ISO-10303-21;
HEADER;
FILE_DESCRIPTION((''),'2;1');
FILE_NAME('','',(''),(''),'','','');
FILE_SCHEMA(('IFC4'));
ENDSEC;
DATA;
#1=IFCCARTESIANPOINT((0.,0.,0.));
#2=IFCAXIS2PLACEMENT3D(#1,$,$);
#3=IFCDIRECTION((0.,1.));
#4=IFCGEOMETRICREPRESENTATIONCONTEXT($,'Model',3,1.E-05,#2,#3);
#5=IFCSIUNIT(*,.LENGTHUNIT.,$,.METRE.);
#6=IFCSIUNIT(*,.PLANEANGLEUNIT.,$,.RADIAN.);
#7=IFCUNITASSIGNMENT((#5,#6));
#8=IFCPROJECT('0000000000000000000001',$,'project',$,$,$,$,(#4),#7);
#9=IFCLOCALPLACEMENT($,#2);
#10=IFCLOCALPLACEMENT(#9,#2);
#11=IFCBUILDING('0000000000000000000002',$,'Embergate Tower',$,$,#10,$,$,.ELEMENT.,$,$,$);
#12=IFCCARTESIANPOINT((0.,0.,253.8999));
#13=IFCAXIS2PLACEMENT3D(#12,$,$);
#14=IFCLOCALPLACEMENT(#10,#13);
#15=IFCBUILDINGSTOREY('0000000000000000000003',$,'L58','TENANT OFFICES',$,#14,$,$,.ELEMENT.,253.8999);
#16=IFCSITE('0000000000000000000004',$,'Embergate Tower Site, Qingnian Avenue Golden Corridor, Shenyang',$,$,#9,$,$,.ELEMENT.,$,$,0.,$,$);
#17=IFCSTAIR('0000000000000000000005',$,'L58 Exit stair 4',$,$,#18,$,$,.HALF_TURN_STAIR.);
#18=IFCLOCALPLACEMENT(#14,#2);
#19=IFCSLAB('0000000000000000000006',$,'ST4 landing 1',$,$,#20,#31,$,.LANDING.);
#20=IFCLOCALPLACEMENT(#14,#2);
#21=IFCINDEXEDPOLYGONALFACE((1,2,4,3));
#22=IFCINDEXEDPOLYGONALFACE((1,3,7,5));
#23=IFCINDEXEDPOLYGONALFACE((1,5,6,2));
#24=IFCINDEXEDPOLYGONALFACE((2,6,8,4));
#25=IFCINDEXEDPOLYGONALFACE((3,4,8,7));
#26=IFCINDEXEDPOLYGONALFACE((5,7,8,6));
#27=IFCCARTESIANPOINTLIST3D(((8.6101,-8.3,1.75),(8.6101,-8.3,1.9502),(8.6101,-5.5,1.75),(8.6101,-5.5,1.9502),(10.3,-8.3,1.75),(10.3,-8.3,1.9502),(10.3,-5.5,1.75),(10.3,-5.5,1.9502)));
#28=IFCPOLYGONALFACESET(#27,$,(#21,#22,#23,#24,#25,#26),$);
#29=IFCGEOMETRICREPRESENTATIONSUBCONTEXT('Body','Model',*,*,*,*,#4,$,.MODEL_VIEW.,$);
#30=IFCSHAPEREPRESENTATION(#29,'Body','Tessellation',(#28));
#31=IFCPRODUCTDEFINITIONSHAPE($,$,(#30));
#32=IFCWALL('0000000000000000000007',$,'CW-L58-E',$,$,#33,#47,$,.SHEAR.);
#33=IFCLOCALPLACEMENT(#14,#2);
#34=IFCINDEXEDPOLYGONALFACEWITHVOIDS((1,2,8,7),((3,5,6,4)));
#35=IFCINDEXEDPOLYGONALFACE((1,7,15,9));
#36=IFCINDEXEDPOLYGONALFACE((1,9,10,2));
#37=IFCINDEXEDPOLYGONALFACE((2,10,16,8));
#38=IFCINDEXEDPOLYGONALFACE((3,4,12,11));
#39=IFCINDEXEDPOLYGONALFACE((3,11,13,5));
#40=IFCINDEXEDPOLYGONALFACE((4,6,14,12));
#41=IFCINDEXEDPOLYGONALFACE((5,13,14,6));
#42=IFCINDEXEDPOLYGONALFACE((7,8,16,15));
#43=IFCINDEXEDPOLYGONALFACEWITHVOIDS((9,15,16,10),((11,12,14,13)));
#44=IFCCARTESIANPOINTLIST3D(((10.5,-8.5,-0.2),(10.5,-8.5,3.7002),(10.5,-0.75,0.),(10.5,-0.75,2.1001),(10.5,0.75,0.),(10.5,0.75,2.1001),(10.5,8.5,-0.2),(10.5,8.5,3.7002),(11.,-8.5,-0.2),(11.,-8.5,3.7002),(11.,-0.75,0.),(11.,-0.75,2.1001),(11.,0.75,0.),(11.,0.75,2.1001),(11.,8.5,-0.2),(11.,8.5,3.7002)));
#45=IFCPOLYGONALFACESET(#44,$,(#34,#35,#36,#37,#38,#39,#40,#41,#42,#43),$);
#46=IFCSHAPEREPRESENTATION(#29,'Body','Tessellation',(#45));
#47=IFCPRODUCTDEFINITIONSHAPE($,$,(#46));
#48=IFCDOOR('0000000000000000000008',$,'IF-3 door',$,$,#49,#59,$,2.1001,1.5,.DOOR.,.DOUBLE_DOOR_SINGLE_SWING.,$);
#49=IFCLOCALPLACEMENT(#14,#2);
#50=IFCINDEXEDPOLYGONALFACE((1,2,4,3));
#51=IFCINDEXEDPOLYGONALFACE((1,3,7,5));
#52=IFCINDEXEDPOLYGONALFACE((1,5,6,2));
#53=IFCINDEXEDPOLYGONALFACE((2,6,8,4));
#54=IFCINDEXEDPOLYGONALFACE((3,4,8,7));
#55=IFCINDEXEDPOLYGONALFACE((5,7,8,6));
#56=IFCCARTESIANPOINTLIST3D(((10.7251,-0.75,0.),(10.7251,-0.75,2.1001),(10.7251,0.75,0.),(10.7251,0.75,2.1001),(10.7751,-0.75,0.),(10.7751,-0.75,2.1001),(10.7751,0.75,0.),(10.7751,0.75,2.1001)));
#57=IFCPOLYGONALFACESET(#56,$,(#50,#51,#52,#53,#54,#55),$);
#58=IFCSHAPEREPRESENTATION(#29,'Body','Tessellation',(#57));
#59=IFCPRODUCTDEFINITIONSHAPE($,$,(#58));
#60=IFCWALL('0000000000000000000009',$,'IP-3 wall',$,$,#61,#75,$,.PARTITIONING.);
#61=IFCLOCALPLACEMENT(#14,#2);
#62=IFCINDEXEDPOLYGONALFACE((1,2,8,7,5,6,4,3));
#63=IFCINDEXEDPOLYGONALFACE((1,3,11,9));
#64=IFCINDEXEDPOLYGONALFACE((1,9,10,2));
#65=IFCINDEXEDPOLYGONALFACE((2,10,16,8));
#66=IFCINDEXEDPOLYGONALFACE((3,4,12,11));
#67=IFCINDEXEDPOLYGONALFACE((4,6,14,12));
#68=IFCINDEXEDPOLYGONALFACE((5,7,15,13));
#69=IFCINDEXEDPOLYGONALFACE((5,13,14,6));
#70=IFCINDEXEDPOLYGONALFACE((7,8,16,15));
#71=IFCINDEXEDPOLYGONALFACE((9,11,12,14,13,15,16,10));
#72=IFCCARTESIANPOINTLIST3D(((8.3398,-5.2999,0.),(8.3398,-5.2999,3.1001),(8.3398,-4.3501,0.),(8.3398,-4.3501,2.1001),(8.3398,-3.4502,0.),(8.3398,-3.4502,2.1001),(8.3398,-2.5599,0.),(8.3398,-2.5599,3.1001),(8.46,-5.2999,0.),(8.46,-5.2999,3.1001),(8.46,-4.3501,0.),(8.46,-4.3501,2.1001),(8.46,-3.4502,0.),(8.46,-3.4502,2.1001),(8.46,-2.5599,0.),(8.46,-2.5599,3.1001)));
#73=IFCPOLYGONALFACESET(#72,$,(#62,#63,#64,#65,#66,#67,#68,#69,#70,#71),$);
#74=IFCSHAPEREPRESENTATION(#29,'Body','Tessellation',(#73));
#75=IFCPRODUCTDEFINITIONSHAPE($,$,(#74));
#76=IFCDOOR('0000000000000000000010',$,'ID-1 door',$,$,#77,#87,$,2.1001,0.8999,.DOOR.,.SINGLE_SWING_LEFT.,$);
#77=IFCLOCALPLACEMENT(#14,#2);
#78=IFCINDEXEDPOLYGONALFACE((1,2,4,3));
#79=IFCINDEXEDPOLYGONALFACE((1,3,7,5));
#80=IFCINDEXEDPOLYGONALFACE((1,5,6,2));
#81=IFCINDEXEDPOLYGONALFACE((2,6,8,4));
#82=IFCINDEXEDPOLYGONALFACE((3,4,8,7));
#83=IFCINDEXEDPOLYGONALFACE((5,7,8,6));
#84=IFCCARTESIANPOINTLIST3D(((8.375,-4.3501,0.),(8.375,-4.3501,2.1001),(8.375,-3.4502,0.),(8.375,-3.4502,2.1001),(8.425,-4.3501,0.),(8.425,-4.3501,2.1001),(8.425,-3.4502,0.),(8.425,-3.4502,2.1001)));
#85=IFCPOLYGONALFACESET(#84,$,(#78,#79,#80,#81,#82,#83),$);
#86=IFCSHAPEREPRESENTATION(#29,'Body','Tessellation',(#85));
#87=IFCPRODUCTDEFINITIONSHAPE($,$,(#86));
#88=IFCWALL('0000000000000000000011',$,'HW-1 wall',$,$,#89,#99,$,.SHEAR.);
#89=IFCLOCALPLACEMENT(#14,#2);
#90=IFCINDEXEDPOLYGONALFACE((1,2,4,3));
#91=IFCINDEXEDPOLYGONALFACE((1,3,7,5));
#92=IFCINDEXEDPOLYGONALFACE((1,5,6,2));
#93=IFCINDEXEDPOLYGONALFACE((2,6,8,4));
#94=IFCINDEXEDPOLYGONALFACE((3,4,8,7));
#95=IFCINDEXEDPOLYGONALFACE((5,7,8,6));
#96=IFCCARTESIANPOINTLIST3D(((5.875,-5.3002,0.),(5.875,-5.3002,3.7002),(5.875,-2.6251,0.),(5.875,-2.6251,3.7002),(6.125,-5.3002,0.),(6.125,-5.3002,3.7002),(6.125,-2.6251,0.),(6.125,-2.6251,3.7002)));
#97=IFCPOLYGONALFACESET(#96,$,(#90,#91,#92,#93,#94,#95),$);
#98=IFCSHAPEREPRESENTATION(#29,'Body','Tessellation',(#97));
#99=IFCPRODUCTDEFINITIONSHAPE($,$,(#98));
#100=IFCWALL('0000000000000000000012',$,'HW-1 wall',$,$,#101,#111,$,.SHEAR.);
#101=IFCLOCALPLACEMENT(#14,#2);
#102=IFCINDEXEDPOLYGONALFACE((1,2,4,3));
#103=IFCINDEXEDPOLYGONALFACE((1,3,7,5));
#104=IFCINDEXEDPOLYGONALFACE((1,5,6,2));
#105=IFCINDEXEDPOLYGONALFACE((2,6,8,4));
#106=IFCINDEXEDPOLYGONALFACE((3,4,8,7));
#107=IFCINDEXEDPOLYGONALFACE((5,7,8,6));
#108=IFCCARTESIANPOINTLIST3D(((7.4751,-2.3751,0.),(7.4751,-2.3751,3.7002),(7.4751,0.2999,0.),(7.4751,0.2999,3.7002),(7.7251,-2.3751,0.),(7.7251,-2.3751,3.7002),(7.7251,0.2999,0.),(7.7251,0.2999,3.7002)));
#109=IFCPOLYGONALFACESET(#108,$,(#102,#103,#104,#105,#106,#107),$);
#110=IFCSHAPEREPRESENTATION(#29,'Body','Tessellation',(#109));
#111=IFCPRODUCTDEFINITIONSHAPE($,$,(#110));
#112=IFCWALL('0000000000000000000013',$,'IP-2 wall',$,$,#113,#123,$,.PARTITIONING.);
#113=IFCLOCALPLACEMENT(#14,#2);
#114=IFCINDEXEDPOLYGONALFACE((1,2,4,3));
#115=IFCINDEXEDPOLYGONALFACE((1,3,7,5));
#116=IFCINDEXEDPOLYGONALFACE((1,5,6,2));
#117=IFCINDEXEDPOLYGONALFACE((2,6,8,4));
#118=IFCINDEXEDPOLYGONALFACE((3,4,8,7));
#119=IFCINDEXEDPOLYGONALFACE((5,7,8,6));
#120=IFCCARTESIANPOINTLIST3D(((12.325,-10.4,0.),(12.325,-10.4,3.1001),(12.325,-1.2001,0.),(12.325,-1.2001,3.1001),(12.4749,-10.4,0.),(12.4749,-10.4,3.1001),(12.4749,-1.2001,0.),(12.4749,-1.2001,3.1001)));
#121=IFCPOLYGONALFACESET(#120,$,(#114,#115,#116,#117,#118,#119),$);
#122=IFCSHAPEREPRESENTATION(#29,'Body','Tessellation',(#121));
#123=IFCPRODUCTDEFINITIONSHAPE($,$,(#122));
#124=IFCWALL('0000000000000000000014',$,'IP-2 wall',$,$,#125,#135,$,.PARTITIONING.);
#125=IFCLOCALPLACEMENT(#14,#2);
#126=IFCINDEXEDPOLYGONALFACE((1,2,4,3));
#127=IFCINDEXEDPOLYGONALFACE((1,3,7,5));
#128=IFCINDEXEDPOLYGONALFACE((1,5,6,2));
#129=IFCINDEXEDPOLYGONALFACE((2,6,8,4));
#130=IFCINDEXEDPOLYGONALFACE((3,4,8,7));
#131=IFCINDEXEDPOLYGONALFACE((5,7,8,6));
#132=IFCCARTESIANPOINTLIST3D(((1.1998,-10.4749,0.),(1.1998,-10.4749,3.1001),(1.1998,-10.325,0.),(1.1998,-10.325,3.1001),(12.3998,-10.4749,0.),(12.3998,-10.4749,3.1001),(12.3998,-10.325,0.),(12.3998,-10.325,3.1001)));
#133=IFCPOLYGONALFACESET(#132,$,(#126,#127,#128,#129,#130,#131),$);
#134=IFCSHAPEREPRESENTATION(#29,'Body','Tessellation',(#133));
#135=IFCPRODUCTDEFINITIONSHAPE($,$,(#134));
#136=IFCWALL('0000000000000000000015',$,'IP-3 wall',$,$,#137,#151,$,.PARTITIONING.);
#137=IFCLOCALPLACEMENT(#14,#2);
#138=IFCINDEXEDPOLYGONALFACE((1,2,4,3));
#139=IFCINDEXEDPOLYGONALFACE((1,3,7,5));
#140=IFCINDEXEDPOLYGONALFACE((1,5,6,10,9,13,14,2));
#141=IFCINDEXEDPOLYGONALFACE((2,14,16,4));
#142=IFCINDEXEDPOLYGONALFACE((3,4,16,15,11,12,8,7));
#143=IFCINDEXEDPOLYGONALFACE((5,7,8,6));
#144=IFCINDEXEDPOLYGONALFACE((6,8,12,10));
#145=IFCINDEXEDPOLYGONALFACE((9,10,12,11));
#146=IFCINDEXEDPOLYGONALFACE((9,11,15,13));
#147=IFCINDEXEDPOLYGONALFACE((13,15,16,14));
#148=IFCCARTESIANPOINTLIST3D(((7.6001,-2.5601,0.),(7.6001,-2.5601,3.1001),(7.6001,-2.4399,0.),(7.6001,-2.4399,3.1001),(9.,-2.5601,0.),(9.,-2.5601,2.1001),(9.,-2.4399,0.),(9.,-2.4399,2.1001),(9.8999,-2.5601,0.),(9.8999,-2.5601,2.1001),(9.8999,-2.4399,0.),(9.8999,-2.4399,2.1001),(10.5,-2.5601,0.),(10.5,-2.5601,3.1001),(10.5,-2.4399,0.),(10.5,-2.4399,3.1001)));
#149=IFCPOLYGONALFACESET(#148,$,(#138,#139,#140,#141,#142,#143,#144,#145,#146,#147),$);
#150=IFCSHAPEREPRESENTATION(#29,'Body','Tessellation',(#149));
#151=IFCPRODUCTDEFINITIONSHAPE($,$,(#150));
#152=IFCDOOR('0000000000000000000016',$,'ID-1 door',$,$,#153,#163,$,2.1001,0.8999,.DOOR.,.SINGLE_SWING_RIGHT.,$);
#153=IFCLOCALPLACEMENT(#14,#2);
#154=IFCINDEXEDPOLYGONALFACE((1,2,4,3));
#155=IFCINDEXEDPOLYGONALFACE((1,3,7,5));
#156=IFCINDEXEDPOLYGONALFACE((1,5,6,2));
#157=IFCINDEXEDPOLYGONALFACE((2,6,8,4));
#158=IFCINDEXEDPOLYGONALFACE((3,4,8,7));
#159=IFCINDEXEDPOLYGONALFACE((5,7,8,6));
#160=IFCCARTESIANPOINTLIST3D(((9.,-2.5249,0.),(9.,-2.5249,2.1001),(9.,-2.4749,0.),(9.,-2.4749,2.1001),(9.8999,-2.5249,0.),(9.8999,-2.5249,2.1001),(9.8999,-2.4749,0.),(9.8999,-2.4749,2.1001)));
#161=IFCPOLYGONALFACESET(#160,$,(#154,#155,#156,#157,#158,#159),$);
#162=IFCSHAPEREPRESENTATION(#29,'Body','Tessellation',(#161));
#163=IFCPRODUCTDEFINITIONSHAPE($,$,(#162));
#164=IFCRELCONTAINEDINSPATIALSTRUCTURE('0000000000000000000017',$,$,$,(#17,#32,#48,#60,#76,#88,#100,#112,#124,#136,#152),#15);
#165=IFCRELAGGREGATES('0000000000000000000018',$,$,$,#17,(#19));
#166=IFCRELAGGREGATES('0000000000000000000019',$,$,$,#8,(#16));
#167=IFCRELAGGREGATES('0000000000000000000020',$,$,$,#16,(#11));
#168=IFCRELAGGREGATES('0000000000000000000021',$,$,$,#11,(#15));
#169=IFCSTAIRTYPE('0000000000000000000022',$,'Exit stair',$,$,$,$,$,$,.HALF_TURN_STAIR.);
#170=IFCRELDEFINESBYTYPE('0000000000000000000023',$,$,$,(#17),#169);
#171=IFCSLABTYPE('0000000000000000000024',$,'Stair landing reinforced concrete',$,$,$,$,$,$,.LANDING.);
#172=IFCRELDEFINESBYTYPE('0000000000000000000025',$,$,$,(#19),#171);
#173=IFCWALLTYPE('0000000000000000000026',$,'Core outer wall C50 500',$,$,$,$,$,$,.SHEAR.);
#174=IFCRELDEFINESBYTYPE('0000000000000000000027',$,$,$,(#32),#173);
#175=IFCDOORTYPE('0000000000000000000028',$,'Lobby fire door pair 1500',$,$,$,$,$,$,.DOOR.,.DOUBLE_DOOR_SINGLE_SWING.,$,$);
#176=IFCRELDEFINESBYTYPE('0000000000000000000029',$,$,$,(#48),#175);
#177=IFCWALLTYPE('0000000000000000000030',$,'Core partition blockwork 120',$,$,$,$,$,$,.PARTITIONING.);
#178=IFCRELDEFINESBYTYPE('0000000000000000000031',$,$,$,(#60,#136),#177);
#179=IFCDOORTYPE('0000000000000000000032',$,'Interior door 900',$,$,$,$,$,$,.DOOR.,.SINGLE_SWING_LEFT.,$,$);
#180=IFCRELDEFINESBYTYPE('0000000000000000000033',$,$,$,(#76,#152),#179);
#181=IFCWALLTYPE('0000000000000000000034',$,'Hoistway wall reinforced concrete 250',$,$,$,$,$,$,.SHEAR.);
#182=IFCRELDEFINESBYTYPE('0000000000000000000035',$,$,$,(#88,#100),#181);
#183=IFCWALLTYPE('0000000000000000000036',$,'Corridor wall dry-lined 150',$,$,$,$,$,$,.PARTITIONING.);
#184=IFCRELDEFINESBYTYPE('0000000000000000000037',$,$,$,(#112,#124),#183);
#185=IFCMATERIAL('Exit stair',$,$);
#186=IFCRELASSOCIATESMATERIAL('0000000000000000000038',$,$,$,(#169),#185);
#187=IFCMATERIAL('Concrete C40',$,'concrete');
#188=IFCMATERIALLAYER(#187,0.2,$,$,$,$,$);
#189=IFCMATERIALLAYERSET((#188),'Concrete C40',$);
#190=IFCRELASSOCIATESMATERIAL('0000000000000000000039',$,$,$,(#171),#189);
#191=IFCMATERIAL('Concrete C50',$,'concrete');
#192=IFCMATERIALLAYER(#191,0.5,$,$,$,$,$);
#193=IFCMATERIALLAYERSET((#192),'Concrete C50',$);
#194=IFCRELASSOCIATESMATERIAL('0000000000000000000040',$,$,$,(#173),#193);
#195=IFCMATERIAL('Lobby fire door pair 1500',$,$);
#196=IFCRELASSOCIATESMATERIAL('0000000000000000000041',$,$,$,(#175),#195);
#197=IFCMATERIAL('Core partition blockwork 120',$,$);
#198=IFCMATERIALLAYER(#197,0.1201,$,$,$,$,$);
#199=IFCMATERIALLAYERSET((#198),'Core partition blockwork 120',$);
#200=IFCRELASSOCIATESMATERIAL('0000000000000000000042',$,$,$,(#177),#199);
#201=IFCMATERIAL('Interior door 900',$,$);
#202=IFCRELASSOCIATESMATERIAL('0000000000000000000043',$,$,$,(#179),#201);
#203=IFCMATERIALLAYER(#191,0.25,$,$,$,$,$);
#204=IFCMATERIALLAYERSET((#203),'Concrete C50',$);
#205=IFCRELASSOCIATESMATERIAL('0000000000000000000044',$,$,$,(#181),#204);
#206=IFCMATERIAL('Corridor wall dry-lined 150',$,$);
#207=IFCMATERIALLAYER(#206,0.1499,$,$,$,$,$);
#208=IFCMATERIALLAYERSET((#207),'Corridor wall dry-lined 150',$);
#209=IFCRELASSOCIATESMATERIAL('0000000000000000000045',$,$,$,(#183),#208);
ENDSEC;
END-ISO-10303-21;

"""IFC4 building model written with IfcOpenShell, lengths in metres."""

from ifc_helpers import new_model, si_unit, direction, frame, frame_2d, origin, place, context, subcontext, project, spatial, polyline, rectangle, outline, extrude, source, transform, mapped, material, layer, layer_set, type_object, element, fill, aggregate, save


model = new_model("IFC4")

# Units and contexts
model_context = context("Model", 3, precision=1e-05, world=origin(), true_north=direction((0.0, 1.0)))
body_context = subcontext(model_context, "Body", "Model", "MODEL_VIEW")
ifc_project = project(units=[si_unit("LENGTHUNIT", "METRE"), si_unit("PLANEANGLEUNIT", "RADIAN")], contexts=[model_context])

# Site, building, storey
site_placement = place(None, origin())
site = spatial("IfcSite", under=ifc_project, at=site_placement, Name="Embergate Tower Site, Qingnian Avenue Golden Corridor, Shenyang", CompositionType="ELEMENT", RefElevation=0.0)
building_placement = place(site_placement, origin())
building = spatial("IfcBuilding", under=site, at=building_placement, Name="Embergate Tower", CompositionType="ELEMENT")
storey_placement = place(building_placement, frame((0.0, 0.0, 253.8999)))
storey = spatial("IfcBuildingStorey", under=building, at=storey_placement, Name="L58", Description="TENANT OFFICES", CompositionType="ELEMENT", Elevation=253.8999)

# Stair, slab
ifc_material_1 = material(Name="Exit stair")
stair_type = type_object("IfcStairType", Name="Exit stair", PredefinedType="HALF_TURN_STAIR", material=ifc_material_1)
stair_placement = place(storey_placement, origin())
stair = element("IfcStair", 1, at=stair_placement, inside=storey, type_object=stair_type, Name="L58 Exit stair 4", PredefinedType="HALF_TURN_STAIR")
ifc_material_2 = material(Name="Concrete C40", Category="concrete")
ifc_layer_1 = layer(ifc_material_2, 0.2)
ifc_layer_set_1 = layer_set([ifc_layer_1], Name="Concrete C40")
slab_type = type_object("IfcSlabType", Name="Stair landing reinforced concrete", PredefinedType="LANDING", material=ifc_layer_set_1)
shared_shape_1 = source(origin(), body_context, "Body", "SweptSolid", [
    extrude(outline(polyline([(0.0, 0.0), (1.6899, 0.0), (1.6899, 2.8), (0.0, 2.8), (0.0, 0.0)])), origin(), (0.0, 0.0, 1.0), 0.2002),
])
slab_placement = place(storey_placement, frame((8.6101, -8.3, 1.75)))
slab = element("IfcSlab", 2, at=slab_placement, type_object=slab_type, Name="ST4 landing 1", PredefinedType="LANDING", context=body_context, shape_type="MappedRepresentation", body=[
    mapped(shared_shape_1, transform((0.0, 0.0, 0.0))),
])

# Walls, openings, doors
ifc_material_3 = material(Name="Concrete C50", Category="concrete")
ifc_layer_2 = layer(ifc_material_3, 0.5)
ifc_layer_set_2 = layer_set([ifc_layer_2], Name="Concrete C50")
wall_type_1 = type_object("IfcWallType", Name="Core outer wall C50 500", PredefinedType="SHEAR", material=ifc_layer_set_2)
shared_shape_2 = source(origin(), body_context, "Body", "SweptSolid", [
    extrude(rectangle(XDim=17.0, YDim=0.5, at=frame_2d((8.5, 0.0))), origin(), (0.0, 0.0, 1.0), 3.9001),
])
wall_1_placement = place(storey_placement, frame((10.75, -8.5, -0.2), z_axis=(0.0, 0.0, 1.0), x_axis=(0.0, 1.0, 0.0)))
wall_1 = element("IfcWall", 3, at=wall_1_placement, inside=storey, type_object=wall_type_1, Name="CW-L58-E", PredefinedType="SHEAR", context=body_context, shape_type="MappedRepresentation", body=[
    mapped(shared_shape_2, transform((0.0, 0.0, 0.0))),
])
shared_shape_3 = source(origin(), body_context, "Body", "SweptSolid", [
    extrude(rectangle(XDim=1.5, YDim=2.1001, at=frame_2d((0.75, 1.05))), frame((0.0, 0.26, 0.0), z_axis=(0.0, -1.0, 0.0), x_axis=(1.0, 0.0, 0.0)), (0.0, 0.0, 1.0), 0.52),
])
opening_1_placement = place(wall_1_placement, frame((7.75, 0.0, 0.2)))
opening_1 = element("IfcOpeningElement", 4, at=opening_1_placement, cuts=wall_1, PredefinedType="OPENING", context=body_context, shape_type="MappedRepresentation", body=[
    mapped(shared_shape_3, transform((0.0, 0.0, 0.0))),
])
ifc_material_4 = material(Name="Lobby fire door pair 1500")
door_type_1 = type_object("IfcDoorType", Name="Lobby fire door pair 1500", OperationType="DOUBLE_DOOR_SINGLE_SWING", PredefinedType="DOOR", material=ifc_material_4)
shared_shape_4 = source(origin(), body_context, "Body", "SweptSolid", [
    extrude(rectangle(XDim=1.5, YDim=2.1001, at=frame_2d((0.75, 1.05))), frame((0.0, 0.0249, 0.0), z_axis=(0.0, -1.0, 0.0), x_axis=(1.0, 0.0, 0.0)), (0.0, 0.0, 1.0), 0.05),
])
door_1_placement = place(opening_1_placement, origin())
door_1 = element("IfcDoor", 5, at=door_1_placement, inside=storey, type_object=door_type_1, Name="IF-3 door", OperationType="DOUBLE_DOOR_SINGLE_SWING", OverallHeight=2.1001, OverallWidth=1.5, PredefinedType="DOOR", context=body_context, shape_type="MappedRepresentation", body=[
    mapped(shared_shape_4, transform((0.0, 0.0, 0.0))),
])
fill(opening_1, door_1)
ifc_material_5 = material(Name="Core partition blockwork 120")
ifc_layer_3 = layer(ifc_material_5, 0.1201)
ifc_layer_set_3 = layer_set([ifc_layer_3], Name="Core partition blockwork 120")
wall_type_2 = type_object("IfcWallType", Name="Core partition blockwork 120", PredefinedType="PARTITIONING", material=ifc_layer_set_3)
shared_shape_5 = source(origin(), body_context, "Body", "SweptSolid", [
    extrude(rectangle(XDim=2.74, YDim=0.1201, at=frame_2d((1.3701, 0.0))), origin(), (0.0, 0.0, 1.0), 3.1001),
])
wall_2_placement = place(storey_placement, frame((8.3999, -5.3, 0.0), z_axis=(0.0, 0.0, 1.0), x_axis=(0.0, 1.0, 0.0)))
wall_2 = element("IfcWall", 6, at=wall_2_placement, inside=storey, type_object=wall_type_2, Name="IP-3 wall", PredefinedType="PARTITIONING", context=body_context, shape_type="MappedRepresentation", body=[
    mapped(shared_shape_5, transform((0.0, 0.0, 0.0))),
])
shared_shape_6 = source(origin(), body_context, "Body", "SweptSolid", [
    extrude(rectangle(XDim=0.8999, YDim=2.1001, at=frame_2d((0.45, 1.05))), frame((0.0, 0.0701, 0.0), z_axis=(0.0, -1.0, 0.0), x_axis=(1.0, 0.0, 0.0)), (0.0, 0.0, 1.0), 0.1401),
])
opening_2_placement = place(wall_2_placement, frame((0.95, 0.0, 0.0)))
opening_2 = element("IfcOpeningElement", 7, at=opening_2_placement, cuts=wall_2, PredefinedType="OPENING", context=body_context, shape_type="MappedRepresentation", body=[
    mapped(shared_shape_6, transform((0.0, 0.0, 0.0))),
])
ifc_material_6 = material(Name="Interior door 900")
door_type_2 = type_object("IfcDoorType", Name="Interior door 900", OperationType="SINGLE_SWING_LEFT", PredefinedType="DOOR", material=ifc_material_6)
shared_shape_7 = source(origin(), body_context, "Body", "SweptSolid", [
    extrude(rectangle(XDim=0.8999, YDim=2.1001, at=frame_2d((0.45, 1.05))), frame((0.0, 0.0249, 0.0), z_axis=(0.0, -1.0, 0.0), x_axis=(1.0, 0.0, 0.0)), (0.0, 0.0, 1.0), 0.05),
])
door_2_placement = place(opening_2_placement, origin())
door_2 = element("IfcDoor", 8, at=door_2_placement, inside=storey, type_object=door_type_2, Name="ID-1 door", OperationType="SINGLE_SWING_LEFT", OverallHeight=2.1001, OverallWidth=0.8999, PredefinedType="DOOR", context=body_context, shape_type="MappedRepresentation", body=[
    mapped(shared_shape_7, transform((0.0, 0.0, 0.0))),
])
fill(opening_2, door_2)

# Walls
ifc_layer_4 = layer(ifc_material_3, 0.25)
ifc_layer_set_4 = layer_set([ifc_layer_4], Name="Concrete C50")
wall_type_3 = type_object("IfcWallType", Name="Hoistway wall reinforced concrete 250", PredefinedType="SHEAR", material=ifc_layer_set_4)
shared_shape_8 = source(origin(), body_context, "Body", "SweptSolid", [
    extrude(rectangle(XDim=2.675, YDim=0.25, at=frame_2d((1.3374, 0.0))), origin(), (0.0, 0.0, 1.0), 3.7002),
])
for number, where, z_axis, x_axis, name in (
    (9, (6.0, -5.3, 0.0), (0.0, 0.0, 1.0), (0.0, 1.0, 0.0), "HW-1 wall"),
    (10, (7.6001, -2.375, 0.0), (0.0, 0.0, 1.0), (0.0, 1.0, 0.0), "HW-1 wall"),
):
    element("IfcWall", number, at=place(storey_placement, frame(where, z_axis=z_axis, x_axis=x_axis)), inside=storey, type_object=wall_type_3, Name=name, PredefinedType="SHEAR", context=body_context, shape_type="MappedRepresentation", body=[
        mapped(shared_shape_8, transform((0.0, 0.0, 0.0))),
    ])
ifc_material_7 = material(Name="Corridor wall dry-lined 150")
ifc_layer_5 = layer(ifc_material_7, 0.1499)
ifc_layer_set_5 = layer_set([ifc_layer_5], Name="Corridor wall dry-lined 150")
wall_type_4 = type_object("IfcWallType", Name="Corridor wall dry-lined 150", PredefinedType="PARTITIONING", material=ifc_layer_set_5)
shared_shape_9 = source(origin(), body_context, "Body", "SweptSolid", [
    extrude(rectangle(XDim=9.2, YDim=0.1499, at=frame_2d((4.6001, 0.0))), origin(), (0.0, 0.0, 1.0), 3.1001),
])
wall_3_placement = place(storey_placement, frame((12.3999, -1.2, 0.0), z_axis=(0.0, 0.0, 1.0), x_axis=(0.0, -1.0, 0.0)))
element("IfcWall", 11, at=wall_3_placement, inside=storey, type_object=wall_type_4, Name="IP-2 wall", PredefinedType="PARTITIONING", context=body_context, shape_type="MappedRepresentation", body=[
    mapped(shared_shape_9, transform((0.0, 0.0, 0.0))),
])
shared_shape_10 = source(origin(), body_context, "Body", "SweptSolid", [
    extrude(rectangle(XDim=11.2, YDim=0.1499, at=frame_2d((5.6001, 0.0))), origin(), (0.0, 0.0, 1.0), 3.1001),
])
wall_4_placement = place(storey_placement, frame((12.3999, -10.3999, 0.0), z_axis=(0.0, 0.0, 1.0), x_axis=(-1.0, 0.0, 0.0)))
element("IfcWall", 12, at=wall_4_placement, inside=storey, type_object=wall_type_4, Name="IP-2 wall", PredefinedType="PARTITIONING", context=body_context, shape_type="MappedRepresentation", body=[
    mapped(shared_shape_10, transform((0.0, 0.0, 0.0))),
])

# Wall, opening, door
shared_shape_11 = source(origin(), body_context, "Body", "SweptSolid", [
    extrude(rectangle(XDim=2.8999, YDim=0.1201, at=frame_2d((1.45, 0.0))), origin(), (0.0, 0.0, 1.0), 3.1001),
])
wall_5_placement = place(storey_placement, frame((10.5, -2.5, 0.0), z_axis=(0.0, 0.0, 1.0), x_axis=(-1.0, 0.0, 0.0)))
wall_5 = element("IfcWall", 13, at=wall_5_placement, inside=storey, type_object=wall_type_2, Name="IP-3 wall", PredefinedType="PARTITIONING", context=body_context, shape_type="MappedRepresentation", body=[
    mapped(shared_shape_11, transform((0.0, 0.0, 0.0))),
])
opening_3_placement = place(wall_5_placement, frame((0.6001, 0.0, 0.0)))
opening_3 = element("IfcOpeningElement", 14, at=opening_3_placement, cuts=wall_5, PredefinedType="OPENING", context=body_context, shape_type="MappedRepresentation", body=[
    mapped(shared_shape_6, transform((0.0, 0.0, 0.0))),
])
door_3_placement = place(opening_3_placement, origin())
door_3 = element("IfcDoor", 15, at=door_3_placement, inside=storey, type_object=door_type_2, Name="ID-1 door", OperationType="SINGLE_SWING_RIGHT", OverallHeight=2.1001, OverallWidth=0.8999, PredefinedType="DOOR", context=body_context, shape_type="MappedRepresentation", body=[
    mapped(shared_shape_7, transform((0.0, 0.0, 0.0))),
])
fill(opening_3, door_3)

aggregate(stair, [slab])

save(model, "model.ifc")
